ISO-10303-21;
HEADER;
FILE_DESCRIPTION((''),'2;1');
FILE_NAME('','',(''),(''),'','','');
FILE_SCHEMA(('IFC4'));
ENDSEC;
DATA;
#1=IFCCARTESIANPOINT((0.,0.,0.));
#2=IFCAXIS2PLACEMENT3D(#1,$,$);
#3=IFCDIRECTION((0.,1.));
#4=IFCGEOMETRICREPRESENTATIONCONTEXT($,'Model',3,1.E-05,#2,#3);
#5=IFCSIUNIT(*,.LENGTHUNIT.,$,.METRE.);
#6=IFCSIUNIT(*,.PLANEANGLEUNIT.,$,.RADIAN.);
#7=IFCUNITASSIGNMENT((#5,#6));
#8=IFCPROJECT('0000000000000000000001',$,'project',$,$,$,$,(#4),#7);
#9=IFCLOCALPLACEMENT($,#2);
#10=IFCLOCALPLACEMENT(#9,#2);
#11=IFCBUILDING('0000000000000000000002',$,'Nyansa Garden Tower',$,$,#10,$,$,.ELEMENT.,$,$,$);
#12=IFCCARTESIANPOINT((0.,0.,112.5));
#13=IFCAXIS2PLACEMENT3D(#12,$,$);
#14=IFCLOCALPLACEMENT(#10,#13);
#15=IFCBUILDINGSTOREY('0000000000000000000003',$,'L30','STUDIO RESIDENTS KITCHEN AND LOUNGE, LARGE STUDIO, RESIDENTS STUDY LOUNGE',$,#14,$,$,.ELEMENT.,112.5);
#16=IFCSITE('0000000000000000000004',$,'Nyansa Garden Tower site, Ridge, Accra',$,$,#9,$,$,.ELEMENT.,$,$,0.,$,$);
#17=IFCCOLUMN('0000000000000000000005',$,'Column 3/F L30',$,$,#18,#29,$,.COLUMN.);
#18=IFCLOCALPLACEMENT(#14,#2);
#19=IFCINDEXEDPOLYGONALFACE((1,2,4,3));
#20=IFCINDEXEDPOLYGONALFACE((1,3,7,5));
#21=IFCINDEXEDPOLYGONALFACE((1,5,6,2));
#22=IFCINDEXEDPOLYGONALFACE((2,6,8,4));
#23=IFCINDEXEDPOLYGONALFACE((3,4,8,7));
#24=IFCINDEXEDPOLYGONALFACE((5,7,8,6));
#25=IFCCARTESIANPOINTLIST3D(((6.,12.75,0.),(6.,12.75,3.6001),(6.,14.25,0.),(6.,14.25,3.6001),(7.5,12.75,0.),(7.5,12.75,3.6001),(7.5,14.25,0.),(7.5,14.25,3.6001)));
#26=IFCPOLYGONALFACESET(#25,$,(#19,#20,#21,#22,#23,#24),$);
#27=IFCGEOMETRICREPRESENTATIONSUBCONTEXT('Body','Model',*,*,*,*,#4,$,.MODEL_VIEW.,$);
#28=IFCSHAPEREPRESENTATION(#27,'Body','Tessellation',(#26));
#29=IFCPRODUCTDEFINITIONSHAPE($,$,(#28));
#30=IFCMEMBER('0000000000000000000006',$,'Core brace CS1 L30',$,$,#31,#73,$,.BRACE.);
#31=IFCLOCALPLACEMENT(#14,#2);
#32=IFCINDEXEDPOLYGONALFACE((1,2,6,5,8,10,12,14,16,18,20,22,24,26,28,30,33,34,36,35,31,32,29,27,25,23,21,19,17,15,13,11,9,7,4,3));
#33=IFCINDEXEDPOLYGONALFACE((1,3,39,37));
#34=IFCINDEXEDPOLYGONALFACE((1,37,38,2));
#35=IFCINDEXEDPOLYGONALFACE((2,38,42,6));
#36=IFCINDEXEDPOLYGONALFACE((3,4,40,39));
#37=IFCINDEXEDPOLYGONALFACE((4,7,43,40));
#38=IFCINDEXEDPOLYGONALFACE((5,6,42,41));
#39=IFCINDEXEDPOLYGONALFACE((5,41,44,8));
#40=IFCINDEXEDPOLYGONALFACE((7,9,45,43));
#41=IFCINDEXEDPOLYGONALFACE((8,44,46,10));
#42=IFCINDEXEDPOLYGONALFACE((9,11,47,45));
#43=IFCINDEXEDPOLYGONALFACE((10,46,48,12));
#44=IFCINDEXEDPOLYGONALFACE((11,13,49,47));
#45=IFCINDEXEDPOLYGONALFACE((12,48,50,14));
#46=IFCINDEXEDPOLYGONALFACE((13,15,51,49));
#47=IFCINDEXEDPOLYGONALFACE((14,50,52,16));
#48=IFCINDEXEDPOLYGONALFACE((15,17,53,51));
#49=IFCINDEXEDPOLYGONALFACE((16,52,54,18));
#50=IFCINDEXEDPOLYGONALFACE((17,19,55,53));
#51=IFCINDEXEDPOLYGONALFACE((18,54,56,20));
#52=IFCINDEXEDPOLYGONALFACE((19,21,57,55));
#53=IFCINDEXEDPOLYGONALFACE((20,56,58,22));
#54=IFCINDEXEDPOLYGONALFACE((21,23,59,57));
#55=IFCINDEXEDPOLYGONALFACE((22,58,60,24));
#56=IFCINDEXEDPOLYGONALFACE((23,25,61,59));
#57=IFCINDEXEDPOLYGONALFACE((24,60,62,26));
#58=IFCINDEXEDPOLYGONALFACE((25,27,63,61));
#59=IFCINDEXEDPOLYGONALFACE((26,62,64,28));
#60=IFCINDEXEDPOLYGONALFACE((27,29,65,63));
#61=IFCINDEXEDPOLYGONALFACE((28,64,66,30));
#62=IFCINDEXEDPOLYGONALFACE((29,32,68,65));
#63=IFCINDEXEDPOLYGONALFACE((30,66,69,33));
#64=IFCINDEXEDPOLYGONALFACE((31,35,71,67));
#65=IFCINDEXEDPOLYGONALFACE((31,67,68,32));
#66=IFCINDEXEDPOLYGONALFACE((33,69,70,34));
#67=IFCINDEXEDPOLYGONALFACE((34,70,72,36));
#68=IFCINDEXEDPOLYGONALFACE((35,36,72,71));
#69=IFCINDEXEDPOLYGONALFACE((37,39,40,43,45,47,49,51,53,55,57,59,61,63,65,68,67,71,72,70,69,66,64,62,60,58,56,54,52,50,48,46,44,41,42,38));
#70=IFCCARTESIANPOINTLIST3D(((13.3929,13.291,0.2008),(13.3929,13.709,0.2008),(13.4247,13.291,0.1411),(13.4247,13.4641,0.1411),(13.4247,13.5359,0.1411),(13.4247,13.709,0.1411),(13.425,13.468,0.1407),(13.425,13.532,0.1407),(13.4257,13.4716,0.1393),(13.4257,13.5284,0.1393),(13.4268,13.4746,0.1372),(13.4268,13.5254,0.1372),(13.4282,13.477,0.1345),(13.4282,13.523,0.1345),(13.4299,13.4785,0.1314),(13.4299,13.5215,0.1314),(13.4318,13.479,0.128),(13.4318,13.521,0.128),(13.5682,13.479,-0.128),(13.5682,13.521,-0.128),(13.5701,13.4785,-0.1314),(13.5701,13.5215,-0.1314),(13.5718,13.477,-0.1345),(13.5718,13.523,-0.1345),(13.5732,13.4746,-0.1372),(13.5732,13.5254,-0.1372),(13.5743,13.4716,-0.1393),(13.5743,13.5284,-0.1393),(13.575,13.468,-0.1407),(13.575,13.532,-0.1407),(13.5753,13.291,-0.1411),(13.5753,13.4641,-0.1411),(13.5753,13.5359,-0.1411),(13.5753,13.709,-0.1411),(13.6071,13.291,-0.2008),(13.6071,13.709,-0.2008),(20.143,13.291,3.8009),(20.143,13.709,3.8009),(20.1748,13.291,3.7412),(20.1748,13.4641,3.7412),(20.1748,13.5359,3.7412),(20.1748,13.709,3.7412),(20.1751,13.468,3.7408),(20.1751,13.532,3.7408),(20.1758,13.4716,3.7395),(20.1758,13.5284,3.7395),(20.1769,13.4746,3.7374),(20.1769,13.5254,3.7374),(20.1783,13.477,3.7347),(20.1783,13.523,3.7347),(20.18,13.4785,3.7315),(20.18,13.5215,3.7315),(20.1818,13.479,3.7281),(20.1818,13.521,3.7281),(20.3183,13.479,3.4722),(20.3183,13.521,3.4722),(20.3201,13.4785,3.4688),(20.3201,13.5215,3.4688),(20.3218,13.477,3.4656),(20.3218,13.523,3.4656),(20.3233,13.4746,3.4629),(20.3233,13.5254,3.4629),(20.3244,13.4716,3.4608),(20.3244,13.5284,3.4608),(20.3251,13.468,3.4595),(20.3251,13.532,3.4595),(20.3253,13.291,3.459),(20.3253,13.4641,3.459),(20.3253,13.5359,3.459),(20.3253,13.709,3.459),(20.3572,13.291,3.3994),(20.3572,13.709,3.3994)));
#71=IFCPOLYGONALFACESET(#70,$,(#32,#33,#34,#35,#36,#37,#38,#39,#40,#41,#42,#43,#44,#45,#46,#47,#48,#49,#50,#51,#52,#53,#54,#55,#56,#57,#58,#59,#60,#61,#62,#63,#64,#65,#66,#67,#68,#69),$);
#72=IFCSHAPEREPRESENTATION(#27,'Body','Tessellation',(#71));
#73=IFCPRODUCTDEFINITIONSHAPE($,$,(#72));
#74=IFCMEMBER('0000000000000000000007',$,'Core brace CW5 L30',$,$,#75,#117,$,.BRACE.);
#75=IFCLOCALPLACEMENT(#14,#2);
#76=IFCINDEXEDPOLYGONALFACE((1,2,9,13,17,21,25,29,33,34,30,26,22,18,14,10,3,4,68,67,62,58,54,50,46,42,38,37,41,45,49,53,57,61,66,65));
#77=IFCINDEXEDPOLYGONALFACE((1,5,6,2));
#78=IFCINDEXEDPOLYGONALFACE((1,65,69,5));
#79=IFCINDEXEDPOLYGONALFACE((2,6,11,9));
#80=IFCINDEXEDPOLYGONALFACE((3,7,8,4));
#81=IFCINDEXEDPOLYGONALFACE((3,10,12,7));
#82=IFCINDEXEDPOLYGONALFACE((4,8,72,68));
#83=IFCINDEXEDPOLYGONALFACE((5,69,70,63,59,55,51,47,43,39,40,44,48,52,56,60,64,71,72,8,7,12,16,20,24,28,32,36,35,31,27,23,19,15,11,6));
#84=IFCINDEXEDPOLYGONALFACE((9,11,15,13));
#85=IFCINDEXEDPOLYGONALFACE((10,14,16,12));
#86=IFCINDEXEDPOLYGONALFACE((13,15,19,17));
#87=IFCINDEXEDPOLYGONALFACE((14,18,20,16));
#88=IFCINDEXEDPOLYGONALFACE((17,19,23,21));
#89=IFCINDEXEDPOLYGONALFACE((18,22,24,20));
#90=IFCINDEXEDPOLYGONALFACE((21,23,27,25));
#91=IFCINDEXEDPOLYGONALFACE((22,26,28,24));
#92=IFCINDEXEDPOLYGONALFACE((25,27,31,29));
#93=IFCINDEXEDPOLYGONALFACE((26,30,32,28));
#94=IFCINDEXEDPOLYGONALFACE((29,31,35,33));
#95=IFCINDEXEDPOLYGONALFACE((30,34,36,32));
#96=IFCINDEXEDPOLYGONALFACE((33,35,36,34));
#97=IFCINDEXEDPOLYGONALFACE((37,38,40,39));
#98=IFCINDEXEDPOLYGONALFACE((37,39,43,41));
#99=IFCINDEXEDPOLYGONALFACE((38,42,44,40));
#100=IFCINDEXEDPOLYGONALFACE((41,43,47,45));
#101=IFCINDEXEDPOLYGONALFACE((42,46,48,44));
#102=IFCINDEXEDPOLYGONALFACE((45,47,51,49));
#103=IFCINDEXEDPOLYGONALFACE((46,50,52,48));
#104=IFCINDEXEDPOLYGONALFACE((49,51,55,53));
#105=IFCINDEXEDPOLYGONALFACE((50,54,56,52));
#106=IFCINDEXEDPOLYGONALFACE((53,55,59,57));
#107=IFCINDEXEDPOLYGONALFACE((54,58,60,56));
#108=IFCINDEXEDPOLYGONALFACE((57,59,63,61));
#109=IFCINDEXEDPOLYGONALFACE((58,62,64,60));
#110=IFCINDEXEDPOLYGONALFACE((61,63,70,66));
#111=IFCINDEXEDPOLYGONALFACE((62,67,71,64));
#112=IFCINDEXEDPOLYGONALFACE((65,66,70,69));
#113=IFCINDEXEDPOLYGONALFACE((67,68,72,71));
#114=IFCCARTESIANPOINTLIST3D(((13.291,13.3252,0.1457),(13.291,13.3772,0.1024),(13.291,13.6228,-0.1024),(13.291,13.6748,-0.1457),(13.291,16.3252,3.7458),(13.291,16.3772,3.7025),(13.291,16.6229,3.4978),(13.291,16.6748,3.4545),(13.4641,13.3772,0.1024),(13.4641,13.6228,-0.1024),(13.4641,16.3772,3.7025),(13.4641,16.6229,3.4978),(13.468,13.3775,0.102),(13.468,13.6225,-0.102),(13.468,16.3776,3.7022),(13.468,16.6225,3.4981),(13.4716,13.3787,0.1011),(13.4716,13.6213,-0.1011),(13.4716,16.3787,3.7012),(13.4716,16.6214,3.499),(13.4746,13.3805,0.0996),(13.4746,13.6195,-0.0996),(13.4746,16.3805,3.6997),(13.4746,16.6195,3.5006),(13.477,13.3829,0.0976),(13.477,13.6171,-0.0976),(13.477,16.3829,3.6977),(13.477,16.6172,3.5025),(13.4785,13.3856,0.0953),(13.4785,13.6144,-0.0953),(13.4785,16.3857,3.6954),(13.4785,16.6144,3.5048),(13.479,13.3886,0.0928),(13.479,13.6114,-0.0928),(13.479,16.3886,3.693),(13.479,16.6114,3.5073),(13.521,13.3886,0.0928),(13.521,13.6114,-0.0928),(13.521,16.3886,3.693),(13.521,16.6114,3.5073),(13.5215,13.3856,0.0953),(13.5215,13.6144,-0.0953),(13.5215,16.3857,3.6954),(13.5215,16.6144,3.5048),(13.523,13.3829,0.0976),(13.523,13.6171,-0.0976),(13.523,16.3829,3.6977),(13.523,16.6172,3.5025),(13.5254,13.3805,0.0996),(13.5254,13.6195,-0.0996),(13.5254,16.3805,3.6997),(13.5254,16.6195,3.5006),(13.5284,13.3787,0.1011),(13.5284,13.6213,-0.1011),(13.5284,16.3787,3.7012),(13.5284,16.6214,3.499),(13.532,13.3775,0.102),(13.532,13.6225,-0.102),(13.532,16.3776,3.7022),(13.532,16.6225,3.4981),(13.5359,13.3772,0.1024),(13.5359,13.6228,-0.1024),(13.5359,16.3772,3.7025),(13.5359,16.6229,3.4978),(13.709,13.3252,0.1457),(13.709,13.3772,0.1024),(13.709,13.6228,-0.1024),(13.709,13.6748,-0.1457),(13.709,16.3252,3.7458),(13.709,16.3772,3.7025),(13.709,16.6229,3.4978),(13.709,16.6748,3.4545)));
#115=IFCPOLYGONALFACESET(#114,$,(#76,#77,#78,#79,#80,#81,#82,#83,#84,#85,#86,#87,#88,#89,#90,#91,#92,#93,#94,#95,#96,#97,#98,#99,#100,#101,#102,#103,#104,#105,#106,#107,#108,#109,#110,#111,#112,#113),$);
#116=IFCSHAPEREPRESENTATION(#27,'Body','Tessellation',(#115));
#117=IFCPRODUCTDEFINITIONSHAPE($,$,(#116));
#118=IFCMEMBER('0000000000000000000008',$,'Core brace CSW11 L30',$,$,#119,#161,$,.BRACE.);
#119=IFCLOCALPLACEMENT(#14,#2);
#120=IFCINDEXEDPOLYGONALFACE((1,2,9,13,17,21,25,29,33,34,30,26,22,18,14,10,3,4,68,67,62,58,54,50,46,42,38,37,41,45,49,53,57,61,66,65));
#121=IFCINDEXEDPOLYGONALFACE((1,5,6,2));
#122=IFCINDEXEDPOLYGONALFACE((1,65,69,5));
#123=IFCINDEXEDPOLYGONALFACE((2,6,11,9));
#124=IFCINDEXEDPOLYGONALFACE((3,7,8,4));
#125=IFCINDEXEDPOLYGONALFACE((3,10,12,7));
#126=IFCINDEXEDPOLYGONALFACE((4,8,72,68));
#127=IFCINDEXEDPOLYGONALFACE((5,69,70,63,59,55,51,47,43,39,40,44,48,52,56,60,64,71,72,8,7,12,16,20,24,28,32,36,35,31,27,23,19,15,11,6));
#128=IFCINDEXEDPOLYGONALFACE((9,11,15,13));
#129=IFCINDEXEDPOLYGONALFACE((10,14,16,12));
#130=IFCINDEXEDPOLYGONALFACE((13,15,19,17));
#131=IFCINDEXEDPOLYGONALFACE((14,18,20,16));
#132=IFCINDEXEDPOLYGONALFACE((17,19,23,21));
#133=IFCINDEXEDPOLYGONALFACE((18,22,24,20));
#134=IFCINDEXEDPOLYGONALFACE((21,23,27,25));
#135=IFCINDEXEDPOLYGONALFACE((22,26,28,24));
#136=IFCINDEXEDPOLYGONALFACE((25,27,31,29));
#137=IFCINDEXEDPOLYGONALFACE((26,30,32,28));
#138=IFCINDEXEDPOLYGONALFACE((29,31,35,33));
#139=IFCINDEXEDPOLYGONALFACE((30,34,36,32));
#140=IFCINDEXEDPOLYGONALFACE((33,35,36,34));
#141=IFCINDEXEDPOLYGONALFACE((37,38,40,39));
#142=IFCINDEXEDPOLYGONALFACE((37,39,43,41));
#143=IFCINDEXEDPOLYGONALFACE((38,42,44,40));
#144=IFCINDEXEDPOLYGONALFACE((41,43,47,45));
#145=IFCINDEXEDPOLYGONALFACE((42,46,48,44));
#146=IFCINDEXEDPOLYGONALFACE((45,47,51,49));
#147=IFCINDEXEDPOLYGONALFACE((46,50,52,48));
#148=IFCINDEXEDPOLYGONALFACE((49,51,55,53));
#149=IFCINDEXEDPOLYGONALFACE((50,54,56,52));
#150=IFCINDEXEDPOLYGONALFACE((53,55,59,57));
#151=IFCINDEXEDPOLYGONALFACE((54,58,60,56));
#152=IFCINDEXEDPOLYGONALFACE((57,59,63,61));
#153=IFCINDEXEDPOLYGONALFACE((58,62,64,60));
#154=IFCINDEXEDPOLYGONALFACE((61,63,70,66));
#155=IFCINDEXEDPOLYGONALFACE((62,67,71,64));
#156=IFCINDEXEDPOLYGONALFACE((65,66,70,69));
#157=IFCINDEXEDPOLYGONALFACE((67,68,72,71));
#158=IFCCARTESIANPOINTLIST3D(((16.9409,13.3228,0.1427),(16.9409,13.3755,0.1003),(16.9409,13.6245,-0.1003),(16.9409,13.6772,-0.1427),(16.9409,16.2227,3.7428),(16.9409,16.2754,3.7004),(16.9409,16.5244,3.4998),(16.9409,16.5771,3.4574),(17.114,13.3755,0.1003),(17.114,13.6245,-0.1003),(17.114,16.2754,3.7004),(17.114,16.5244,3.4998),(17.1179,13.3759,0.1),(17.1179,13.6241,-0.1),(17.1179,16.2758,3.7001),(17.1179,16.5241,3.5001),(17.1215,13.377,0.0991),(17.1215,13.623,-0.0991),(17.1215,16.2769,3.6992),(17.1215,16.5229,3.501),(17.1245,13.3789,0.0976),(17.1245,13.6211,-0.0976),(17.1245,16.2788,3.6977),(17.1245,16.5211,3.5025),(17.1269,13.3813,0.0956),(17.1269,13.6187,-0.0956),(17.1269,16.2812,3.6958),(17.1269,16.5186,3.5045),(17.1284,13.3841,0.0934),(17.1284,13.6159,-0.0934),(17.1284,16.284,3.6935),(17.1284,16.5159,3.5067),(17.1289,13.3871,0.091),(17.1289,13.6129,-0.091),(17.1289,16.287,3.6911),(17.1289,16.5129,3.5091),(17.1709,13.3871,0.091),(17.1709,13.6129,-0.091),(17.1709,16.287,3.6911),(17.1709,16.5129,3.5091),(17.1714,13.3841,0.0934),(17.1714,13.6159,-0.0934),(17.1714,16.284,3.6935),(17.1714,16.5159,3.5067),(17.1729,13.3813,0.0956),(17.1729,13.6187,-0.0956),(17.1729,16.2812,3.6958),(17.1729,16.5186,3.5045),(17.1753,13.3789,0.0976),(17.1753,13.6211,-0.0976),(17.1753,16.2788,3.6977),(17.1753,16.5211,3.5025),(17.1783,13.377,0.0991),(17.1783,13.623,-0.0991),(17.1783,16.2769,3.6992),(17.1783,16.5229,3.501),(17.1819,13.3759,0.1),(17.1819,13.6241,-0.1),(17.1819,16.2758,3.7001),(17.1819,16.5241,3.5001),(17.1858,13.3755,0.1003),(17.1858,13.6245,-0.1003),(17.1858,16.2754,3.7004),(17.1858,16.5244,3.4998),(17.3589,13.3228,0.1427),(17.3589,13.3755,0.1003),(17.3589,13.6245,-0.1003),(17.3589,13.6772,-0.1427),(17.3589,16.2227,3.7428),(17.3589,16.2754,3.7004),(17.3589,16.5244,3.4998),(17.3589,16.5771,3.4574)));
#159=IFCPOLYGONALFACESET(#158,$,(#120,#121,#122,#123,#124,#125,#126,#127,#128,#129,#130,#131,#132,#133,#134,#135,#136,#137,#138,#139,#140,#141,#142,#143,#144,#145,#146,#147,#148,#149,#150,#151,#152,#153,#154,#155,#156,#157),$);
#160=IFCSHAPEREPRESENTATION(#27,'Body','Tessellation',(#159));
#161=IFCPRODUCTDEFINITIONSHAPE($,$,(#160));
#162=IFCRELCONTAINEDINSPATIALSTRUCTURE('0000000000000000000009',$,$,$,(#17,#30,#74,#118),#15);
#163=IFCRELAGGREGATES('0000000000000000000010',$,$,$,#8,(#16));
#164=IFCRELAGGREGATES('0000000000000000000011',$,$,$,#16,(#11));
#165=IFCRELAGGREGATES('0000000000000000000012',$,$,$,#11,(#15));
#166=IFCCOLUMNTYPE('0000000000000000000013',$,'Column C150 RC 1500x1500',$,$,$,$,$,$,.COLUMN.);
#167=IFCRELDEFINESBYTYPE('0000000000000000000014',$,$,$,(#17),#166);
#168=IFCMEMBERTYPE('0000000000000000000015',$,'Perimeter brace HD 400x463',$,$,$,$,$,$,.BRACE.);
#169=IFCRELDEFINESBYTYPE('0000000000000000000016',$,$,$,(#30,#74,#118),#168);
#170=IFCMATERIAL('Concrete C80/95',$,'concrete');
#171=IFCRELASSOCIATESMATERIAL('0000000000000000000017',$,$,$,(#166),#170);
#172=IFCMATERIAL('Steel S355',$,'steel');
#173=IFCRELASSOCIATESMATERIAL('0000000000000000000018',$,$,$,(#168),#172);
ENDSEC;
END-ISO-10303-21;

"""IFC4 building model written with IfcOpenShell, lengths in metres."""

from ifc_helpers import new_model, si_unit, direction, frame, origin, origin_2d, place, context, subcontext, project, spatial, rectangle, i_section, extrude, material, material_profile, profile_set, type_object, element, save


model = new_model("IFC4")

# Units and contexts
model_context = context("Model", 3, precision=1e-05, world=origin(), true_north=direction((0.0, 1.0)))
body_context = subcontext(model_context, "Body", "Model", "MODEL_VIEW")
ifc_project = project(units=[si_unit("LENGTHUNIT", "METRE"), si_unit("PLANEANGLEUNIT", "RADIAN")], contexts=[model_context])

# Site, building, storey
site_placement = place(None, origin())
site = spatial("IfcSite", under=ifc_project, at=site_placement, Name="Nyansa Garden Tower site, Ridge, Accra", CompositionType="ELEMENT", RefElevation=0.0)
building_placement = place(site_placement, origin())
building = spatial("IfcBuilding", under=site, at=building_placement, Name="Nyansa Garden Tower", CompositionType="ELEMENT")
storey_placement = place(building_placement, frame((0.0, 0.0, 112.5)))
storey = spatial("IfcBuildingStorey", under=building, at=storey_placement, Name="L30", Description="STUDIO RESIDENTS KITCHEN AND LOUNGE, LARGE STUDIO, RESIDENTS STUDY LOUNGE", CompositionType="ELEMENT", Elevation=112.5)

# Column
ifc_material_1 = material(Name="Concrete C80/95", Category="concrete")
ifc_material_profile_1 = material_profile(ifc_material_1, rectangle(XDim=1.5, YDim=1.5, at=origin_2d()), Name="RC 1500x1500")
ifc_profile_set_1 = profile_set([ifc_material_profile_1], Name="Concrete C80/95")
column_type = type_object("IfcColumnType", Name="Column C150 RC 1500x1500", PredefinedType="COLUMN", material=ifc_profile_set_1)
column_placement = place(storey_placement, frame((6.75, 13.5, 0.0), z_axis=(0.0, 0.0, 1.0), x_axis=(1.0, 0.0, 0.0)))
element("IfcColumn", 1, at=column_placement, inside=storey, type_object=column_type, Name="Column 3/F L30", PredefinedType="COLUMN", context=body_context, shape_type="SweptSolid", body=[
    extrude(rectangle(XDim=1.5, YDim=1.5, at=origin_2d()), origin(), (0.0, 0.0, 1.0), 3.6001),
])

# Members
ifc_material_2 = material(Name="Steel S355", Category="steel")
ifc_material_profile_2 = material_profile(ifc_material_2, i_section(OverallWidth=0.418, OverallDepth=0.4551, WebThickness=0.042, FlangeThickness=0.0676, FilletRadius=0.0149, at=origin_2d()), Name="HD 400x463")
ifc_profile_set_2 = profile_set([ifc_material_profile_2], Name="Steel S355")
member_type = type_object("IfcMemberType", Name="Perimeter brace HD 400x463", PredefinedType="BRACE", material=ifc_profile_set_2)
member_1_placement = place(storey_placement, frame((13.5, 13.5, 0.0), z_axis=(0.882348, 0.0, 0.470598), x_axis=(0.0, 1.0, 0.0)))
element("IfcMember", 2, at=member_1_placement, inside=storey, type_object=member_type, Name="Core brace CS1 L30", PredefinedType="BRACE", context=body_context, shape_type="SweptSolid", body=[
    extrude(i_section(OverallWidth=0.418, OverallDepth=0.4551, WebThickness=0.042, FlangeThickness=0.0676, FilletRadius=0.0149, at=origin_2d()), origin(), (0.0, 0.0, 1.0), 7.6501),
])
member_2_placement = place(storey_placement, frame((13.5, 13.5, 0.0), z_axis=(0.0, 0.640174, 0.76823), x_axis=(-1.0, 0.0, 0.0)))
element("IfcMember", 3, at=member_2_placement, inside=storey, type_object=member_type, Name="Core brace CW5 L30", PredefinedType="BRACE", context=body_context, shape_type="SweptSolid", body=[
    extrude(i_section(OverallWidth=0.418, OverallDepth=0.4551, WebThickness=0.042, FlangeThickness=0.0676, FilletRadius=0.0149, at=origin_2d()), origin(), (0.0, 0.0, 1.0), 4.6863),
])
member_3_placement = place(storey_placement, frame((17.1499, 13.5, 0.0), z_axis=(0.0, 0.627306, 0.778773), x_axis=(-1.0, 0.0, 0.0)))
element("IfcMember", 4, at=member_3_placement, inside=storey, type_object=member_type, Name="Core brace CSW11 L30", PredefinedType="BRACE", context=body_context, shape_type="SweptSolid", body=[
    extrude(i_section(OverallWidth=0.418, OverallDepth=0.4551, WebThickness=0.042, FlangeThickness=0.0676, FilletRadius=0.0149, at=origin_2d()), origin(), (0.0, 0.0, 1.0), 4.6228),
])

save(model, "model.ifc")
